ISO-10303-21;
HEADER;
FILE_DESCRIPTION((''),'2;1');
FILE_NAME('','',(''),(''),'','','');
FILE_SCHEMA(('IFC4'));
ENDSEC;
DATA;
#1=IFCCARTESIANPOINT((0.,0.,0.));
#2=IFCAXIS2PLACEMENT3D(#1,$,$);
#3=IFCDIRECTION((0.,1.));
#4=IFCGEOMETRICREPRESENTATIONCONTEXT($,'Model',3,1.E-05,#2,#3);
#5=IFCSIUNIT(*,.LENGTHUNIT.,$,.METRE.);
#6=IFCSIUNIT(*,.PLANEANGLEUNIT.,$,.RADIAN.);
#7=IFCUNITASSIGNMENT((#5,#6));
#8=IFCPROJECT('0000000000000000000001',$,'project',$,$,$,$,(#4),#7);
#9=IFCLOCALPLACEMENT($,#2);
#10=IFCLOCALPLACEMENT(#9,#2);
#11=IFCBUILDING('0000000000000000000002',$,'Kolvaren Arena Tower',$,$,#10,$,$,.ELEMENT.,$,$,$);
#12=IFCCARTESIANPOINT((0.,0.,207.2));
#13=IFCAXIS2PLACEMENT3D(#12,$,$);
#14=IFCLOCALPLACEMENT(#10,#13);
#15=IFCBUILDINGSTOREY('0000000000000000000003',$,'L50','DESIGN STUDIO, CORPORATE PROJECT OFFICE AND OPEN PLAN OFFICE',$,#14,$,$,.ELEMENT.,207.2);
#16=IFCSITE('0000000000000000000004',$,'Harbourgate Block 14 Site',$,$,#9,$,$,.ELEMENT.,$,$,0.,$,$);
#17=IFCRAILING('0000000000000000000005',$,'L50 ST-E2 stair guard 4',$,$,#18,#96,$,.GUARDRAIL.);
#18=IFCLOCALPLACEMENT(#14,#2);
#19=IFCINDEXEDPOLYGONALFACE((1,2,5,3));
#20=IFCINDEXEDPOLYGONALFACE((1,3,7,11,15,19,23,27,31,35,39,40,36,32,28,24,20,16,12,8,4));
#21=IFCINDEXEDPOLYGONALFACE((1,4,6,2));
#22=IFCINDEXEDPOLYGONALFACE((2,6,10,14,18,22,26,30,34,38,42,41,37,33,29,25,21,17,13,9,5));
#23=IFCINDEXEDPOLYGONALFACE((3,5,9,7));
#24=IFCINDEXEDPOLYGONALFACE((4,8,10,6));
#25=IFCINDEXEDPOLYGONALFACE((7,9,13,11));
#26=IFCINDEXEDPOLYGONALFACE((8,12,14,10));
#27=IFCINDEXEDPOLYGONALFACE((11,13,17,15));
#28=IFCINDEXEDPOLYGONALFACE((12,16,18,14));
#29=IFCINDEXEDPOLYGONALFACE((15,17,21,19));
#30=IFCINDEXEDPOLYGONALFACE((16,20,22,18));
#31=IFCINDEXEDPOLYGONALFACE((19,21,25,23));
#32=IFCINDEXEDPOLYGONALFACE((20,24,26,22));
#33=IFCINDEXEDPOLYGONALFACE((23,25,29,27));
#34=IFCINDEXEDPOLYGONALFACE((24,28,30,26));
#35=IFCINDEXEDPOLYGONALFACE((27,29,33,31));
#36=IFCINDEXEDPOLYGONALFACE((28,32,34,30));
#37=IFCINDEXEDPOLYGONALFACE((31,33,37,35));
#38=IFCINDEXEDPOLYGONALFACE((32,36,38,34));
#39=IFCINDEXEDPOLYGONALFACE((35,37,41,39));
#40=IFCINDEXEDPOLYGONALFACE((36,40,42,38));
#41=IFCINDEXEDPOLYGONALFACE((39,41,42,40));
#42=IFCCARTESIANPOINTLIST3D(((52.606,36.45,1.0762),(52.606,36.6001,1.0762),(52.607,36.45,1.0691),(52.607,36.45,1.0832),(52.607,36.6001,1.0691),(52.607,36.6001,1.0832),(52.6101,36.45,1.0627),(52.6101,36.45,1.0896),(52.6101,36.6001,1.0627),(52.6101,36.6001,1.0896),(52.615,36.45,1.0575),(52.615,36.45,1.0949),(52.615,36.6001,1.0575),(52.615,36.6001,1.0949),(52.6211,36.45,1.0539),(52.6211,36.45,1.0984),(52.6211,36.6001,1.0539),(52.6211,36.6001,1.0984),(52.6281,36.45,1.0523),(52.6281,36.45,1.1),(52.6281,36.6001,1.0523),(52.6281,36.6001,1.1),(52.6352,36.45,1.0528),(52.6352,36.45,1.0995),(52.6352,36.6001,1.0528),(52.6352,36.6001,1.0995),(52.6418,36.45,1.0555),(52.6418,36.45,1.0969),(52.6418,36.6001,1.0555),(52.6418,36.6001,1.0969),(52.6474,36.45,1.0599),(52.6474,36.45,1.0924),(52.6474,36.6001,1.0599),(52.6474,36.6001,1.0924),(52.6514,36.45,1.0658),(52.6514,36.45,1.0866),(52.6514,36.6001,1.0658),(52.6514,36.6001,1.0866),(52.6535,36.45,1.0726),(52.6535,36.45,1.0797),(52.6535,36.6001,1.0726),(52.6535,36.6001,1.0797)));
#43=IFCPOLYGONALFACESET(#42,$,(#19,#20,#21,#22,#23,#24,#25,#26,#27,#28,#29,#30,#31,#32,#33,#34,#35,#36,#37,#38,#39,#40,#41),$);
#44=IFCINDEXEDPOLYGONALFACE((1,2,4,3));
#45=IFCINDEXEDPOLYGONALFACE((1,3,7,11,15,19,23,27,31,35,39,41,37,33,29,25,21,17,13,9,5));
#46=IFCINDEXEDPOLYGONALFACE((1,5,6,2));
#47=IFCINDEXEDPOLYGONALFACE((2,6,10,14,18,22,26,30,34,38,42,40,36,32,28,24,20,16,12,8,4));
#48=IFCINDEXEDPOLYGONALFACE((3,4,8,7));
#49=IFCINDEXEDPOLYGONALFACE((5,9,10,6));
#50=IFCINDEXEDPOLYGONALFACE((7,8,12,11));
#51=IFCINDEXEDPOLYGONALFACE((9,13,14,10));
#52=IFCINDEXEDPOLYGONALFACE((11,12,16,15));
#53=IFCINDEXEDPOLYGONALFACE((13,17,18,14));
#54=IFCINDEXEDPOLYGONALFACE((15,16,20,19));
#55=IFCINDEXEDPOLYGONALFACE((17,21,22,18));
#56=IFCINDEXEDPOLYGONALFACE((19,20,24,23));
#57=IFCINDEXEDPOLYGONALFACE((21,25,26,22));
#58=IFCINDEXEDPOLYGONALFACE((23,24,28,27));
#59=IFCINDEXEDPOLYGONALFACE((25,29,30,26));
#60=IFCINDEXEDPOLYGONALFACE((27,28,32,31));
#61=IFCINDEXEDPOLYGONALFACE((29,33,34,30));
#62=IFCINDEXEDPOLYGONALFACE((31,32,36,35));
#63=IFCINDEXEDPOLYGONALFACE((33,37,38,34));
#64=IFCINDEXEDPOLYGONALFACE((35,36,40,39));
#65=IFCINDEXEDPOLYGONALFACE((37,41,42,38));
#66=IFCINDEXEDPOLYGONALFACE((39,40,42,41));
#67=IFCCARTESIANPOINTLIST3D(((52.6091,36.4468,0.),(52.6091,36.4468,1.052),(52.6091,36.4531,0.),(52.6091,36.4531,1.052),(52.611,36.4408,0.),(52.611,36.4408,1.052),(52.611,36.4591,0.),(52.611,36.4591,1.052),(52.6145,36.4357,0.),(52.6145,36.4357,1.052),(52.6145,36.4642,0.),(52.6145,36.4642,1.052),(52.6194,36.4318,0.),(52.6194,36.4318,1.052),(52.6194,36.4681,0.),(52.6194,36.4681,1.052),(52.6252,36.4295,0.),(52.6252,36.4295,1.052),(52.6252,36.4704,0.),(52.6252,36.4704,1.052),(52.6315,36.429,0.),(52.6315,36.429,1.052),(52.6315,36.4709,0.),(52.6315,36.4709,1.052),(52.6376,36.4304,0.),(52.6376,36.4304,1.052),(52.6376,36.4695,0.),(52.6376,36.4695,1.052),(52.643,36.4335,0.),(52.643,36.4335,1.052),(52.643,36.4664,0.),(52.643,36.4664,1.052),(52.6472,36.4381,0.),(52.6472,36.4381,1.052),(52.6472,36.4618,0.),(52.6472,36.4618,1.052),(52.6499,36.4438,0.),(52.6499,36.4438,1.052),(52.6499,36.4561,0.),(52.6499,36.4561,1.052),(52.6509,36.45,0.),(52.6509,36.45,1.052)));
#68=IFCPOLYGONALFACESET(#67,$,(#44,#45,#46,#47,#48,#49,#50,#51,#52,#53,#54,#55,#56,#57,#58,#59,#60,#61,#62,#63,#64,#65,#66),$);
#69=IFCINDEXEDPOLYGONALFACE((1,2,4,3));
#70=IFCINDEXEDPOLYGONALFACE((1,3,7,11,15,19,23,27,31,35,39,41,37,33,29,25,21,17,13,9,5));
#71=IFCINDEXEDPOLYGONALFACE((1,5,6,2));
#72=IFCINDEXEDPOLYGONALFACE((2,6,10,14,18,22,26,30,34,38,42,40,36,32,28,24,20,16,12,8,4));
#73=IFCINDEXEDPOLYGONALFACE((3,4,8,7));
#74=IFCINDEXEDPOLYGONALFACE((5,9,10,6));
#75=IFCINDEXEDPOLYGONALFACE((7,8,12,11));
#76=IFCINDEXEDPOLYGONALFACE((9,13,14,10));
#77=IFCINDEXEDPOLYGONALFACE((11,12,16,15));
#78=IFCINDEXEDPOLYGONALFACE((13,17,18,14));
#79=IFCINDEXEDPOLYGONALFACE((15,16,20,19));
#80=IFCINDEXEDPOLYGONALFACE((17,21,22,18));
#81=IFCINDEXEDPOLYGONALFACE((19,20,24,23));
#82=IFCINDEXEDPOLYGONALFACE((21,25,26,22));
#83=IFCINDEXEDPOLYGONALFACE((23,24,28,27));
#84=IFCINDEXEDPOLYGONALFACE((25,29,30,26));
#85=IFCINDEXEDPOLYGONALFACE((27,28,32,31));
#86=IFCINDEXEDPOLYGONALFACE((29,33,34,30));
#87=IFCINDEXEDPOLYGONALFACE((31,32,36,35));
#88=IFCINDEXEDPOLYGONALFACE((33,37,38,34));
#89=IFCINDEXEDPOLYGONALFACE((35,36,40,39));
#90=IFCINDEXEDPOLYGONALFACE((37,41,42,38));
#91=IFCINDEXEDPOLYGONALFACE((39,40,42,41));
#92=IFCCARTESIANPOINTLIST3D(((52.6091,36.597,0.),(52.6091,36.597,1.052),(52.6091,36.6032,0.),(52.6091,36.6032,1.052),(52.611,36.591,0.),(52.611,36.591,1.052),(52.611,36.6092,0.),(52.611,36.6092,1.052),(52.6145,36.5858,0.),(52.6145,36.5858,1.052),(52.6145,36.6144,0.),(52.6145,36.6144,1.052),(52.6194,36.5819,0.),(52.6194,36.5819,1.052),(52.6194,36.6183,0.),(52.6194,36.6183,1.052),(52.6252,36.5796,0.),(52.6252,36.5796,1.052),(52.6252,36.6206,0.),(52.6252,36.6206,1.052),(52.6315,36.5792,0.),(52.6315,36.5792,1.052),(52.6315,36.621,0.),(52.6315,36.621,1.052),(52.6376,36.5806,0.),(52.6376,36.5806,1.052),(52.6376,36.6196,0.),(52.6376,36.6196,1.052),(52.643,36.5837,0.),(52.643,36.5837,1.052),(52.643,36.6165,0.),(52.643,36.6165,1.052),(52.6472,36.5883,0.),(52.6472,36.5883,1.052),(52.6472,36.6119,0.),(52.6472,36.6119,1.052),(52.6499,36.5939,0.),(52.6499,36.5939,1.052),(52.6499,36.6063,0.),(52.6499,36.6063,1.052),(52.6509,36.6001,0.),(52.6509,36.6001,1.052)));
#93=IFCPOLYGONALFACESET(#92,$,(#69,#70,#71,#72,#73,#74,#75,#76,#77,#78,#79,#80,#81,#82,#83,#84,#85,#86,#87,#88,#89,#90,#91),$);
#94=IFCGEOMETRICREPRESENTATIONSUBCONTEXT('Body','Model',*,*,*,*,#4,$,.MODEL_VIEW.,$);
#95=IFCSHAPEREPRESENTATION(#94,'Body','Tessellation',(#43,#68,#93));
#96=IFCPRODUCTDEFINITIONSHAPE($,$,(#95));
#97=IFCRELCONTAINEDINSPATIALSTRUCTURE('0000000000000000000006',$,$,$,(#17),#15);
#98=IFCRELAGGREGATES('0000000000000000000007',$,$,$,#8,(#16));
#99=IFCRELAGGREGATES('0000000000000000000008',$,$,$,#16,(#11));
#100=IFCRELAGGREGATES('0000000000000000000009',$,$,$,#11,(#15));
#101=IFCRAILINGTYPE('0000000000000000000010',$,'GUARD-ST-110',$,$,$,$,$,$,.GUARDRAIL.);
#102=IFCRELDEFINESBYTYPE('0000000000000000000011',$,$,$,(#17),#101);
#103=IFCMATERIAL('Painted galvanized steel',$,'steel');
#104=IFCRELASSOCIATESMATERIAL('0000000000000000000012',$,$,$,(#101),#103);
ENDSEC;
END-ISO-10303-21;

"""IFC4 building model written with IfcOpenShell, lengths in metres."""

from ifc_helpers import new_model, si_unit, direction, frame, origin, origin_2d, place, context, subcontext, project, spatial, circle, extrude, material, type_object, element, save


model = new_model("IFC4")

# Units and contexts
model_context = context("Model", 3, precision=1e-05, world=origin(), true_north=direction((0.0, 1.0)))
body_context = subcontext(model_context, "Body", "Model", "MODEL_VIEW")
ifc_project = project(units=[si_unit("LENGTHUNIT", "METRE"), si_unit("PLANEANGLEUNIT", "RADIAN")], contexts=[model_context])

# Site, building, storey
site_placement = place(None, origin())
site = spatial("IfcSite", under=ifc_project, at=site_placement, Name="Harbourgate Block 14 Site", CompositionType="ELEMENT", RefElevation=0.0)
building_placement = place(site_placement, origin())
building = spatial("IfcBuilding", under=site, at=building_placement, Name="Kolvaren Arena Tower", CompositionType="ELEMENT")
storey_placement = place(building_placement, frame((0.0, 0.0, 207.2)))
storey = spatial("IfcBuildingStorey", under=building, at=storey_placement, Name="L50", Description="DESIGN STUDIO, CORPORATE PROJECT OFFICE AND OPEN PLAN OFFICE", CompositionType="ELEMENT", Elevation=207.2)

# Railing
ifc_material_1 = material(Name="Painted galvanized steel", Category="steel")
railing_type_1 = type_object("IfcRailingType", Name="GUARD-ST-110", PredefinedType="GUARDRAIL", material=ifc_material_1)
railing_1_placement = place(storey_placement, frame((52.6299, 36.45, 0.0)))
element("IfcRailing", 1, at=railing_1_placement, inside=storey, type_object=railing_type_1, Name="L50 ST-E2 stair guard 4", PredefinedType="GUARDRAIL", context=body_context, shape_type="SweptSolid", body=[
    extrude(circle(Radius=0.0239, at=origin_2d()), frame((0.0, 0.0, 1.0762), z_axis=(0.0, 1.0, 0.0), x_axis=(-1.0, 0.0, 0.0)), (0.0, 0.0, 1.0), 0.1501),
    extrude(circle(Radius=0.021, at=origin_2d()), origin(), (0.0, 0.0, 1.0), 1.052),
    extrude(circle(Radius=0.021, at=origin_2d()), frame((0.0, 0.1501, 0.0)), (0.0, 0.0, 1.0), 1.052),
])

save(model, "model.ifc")
